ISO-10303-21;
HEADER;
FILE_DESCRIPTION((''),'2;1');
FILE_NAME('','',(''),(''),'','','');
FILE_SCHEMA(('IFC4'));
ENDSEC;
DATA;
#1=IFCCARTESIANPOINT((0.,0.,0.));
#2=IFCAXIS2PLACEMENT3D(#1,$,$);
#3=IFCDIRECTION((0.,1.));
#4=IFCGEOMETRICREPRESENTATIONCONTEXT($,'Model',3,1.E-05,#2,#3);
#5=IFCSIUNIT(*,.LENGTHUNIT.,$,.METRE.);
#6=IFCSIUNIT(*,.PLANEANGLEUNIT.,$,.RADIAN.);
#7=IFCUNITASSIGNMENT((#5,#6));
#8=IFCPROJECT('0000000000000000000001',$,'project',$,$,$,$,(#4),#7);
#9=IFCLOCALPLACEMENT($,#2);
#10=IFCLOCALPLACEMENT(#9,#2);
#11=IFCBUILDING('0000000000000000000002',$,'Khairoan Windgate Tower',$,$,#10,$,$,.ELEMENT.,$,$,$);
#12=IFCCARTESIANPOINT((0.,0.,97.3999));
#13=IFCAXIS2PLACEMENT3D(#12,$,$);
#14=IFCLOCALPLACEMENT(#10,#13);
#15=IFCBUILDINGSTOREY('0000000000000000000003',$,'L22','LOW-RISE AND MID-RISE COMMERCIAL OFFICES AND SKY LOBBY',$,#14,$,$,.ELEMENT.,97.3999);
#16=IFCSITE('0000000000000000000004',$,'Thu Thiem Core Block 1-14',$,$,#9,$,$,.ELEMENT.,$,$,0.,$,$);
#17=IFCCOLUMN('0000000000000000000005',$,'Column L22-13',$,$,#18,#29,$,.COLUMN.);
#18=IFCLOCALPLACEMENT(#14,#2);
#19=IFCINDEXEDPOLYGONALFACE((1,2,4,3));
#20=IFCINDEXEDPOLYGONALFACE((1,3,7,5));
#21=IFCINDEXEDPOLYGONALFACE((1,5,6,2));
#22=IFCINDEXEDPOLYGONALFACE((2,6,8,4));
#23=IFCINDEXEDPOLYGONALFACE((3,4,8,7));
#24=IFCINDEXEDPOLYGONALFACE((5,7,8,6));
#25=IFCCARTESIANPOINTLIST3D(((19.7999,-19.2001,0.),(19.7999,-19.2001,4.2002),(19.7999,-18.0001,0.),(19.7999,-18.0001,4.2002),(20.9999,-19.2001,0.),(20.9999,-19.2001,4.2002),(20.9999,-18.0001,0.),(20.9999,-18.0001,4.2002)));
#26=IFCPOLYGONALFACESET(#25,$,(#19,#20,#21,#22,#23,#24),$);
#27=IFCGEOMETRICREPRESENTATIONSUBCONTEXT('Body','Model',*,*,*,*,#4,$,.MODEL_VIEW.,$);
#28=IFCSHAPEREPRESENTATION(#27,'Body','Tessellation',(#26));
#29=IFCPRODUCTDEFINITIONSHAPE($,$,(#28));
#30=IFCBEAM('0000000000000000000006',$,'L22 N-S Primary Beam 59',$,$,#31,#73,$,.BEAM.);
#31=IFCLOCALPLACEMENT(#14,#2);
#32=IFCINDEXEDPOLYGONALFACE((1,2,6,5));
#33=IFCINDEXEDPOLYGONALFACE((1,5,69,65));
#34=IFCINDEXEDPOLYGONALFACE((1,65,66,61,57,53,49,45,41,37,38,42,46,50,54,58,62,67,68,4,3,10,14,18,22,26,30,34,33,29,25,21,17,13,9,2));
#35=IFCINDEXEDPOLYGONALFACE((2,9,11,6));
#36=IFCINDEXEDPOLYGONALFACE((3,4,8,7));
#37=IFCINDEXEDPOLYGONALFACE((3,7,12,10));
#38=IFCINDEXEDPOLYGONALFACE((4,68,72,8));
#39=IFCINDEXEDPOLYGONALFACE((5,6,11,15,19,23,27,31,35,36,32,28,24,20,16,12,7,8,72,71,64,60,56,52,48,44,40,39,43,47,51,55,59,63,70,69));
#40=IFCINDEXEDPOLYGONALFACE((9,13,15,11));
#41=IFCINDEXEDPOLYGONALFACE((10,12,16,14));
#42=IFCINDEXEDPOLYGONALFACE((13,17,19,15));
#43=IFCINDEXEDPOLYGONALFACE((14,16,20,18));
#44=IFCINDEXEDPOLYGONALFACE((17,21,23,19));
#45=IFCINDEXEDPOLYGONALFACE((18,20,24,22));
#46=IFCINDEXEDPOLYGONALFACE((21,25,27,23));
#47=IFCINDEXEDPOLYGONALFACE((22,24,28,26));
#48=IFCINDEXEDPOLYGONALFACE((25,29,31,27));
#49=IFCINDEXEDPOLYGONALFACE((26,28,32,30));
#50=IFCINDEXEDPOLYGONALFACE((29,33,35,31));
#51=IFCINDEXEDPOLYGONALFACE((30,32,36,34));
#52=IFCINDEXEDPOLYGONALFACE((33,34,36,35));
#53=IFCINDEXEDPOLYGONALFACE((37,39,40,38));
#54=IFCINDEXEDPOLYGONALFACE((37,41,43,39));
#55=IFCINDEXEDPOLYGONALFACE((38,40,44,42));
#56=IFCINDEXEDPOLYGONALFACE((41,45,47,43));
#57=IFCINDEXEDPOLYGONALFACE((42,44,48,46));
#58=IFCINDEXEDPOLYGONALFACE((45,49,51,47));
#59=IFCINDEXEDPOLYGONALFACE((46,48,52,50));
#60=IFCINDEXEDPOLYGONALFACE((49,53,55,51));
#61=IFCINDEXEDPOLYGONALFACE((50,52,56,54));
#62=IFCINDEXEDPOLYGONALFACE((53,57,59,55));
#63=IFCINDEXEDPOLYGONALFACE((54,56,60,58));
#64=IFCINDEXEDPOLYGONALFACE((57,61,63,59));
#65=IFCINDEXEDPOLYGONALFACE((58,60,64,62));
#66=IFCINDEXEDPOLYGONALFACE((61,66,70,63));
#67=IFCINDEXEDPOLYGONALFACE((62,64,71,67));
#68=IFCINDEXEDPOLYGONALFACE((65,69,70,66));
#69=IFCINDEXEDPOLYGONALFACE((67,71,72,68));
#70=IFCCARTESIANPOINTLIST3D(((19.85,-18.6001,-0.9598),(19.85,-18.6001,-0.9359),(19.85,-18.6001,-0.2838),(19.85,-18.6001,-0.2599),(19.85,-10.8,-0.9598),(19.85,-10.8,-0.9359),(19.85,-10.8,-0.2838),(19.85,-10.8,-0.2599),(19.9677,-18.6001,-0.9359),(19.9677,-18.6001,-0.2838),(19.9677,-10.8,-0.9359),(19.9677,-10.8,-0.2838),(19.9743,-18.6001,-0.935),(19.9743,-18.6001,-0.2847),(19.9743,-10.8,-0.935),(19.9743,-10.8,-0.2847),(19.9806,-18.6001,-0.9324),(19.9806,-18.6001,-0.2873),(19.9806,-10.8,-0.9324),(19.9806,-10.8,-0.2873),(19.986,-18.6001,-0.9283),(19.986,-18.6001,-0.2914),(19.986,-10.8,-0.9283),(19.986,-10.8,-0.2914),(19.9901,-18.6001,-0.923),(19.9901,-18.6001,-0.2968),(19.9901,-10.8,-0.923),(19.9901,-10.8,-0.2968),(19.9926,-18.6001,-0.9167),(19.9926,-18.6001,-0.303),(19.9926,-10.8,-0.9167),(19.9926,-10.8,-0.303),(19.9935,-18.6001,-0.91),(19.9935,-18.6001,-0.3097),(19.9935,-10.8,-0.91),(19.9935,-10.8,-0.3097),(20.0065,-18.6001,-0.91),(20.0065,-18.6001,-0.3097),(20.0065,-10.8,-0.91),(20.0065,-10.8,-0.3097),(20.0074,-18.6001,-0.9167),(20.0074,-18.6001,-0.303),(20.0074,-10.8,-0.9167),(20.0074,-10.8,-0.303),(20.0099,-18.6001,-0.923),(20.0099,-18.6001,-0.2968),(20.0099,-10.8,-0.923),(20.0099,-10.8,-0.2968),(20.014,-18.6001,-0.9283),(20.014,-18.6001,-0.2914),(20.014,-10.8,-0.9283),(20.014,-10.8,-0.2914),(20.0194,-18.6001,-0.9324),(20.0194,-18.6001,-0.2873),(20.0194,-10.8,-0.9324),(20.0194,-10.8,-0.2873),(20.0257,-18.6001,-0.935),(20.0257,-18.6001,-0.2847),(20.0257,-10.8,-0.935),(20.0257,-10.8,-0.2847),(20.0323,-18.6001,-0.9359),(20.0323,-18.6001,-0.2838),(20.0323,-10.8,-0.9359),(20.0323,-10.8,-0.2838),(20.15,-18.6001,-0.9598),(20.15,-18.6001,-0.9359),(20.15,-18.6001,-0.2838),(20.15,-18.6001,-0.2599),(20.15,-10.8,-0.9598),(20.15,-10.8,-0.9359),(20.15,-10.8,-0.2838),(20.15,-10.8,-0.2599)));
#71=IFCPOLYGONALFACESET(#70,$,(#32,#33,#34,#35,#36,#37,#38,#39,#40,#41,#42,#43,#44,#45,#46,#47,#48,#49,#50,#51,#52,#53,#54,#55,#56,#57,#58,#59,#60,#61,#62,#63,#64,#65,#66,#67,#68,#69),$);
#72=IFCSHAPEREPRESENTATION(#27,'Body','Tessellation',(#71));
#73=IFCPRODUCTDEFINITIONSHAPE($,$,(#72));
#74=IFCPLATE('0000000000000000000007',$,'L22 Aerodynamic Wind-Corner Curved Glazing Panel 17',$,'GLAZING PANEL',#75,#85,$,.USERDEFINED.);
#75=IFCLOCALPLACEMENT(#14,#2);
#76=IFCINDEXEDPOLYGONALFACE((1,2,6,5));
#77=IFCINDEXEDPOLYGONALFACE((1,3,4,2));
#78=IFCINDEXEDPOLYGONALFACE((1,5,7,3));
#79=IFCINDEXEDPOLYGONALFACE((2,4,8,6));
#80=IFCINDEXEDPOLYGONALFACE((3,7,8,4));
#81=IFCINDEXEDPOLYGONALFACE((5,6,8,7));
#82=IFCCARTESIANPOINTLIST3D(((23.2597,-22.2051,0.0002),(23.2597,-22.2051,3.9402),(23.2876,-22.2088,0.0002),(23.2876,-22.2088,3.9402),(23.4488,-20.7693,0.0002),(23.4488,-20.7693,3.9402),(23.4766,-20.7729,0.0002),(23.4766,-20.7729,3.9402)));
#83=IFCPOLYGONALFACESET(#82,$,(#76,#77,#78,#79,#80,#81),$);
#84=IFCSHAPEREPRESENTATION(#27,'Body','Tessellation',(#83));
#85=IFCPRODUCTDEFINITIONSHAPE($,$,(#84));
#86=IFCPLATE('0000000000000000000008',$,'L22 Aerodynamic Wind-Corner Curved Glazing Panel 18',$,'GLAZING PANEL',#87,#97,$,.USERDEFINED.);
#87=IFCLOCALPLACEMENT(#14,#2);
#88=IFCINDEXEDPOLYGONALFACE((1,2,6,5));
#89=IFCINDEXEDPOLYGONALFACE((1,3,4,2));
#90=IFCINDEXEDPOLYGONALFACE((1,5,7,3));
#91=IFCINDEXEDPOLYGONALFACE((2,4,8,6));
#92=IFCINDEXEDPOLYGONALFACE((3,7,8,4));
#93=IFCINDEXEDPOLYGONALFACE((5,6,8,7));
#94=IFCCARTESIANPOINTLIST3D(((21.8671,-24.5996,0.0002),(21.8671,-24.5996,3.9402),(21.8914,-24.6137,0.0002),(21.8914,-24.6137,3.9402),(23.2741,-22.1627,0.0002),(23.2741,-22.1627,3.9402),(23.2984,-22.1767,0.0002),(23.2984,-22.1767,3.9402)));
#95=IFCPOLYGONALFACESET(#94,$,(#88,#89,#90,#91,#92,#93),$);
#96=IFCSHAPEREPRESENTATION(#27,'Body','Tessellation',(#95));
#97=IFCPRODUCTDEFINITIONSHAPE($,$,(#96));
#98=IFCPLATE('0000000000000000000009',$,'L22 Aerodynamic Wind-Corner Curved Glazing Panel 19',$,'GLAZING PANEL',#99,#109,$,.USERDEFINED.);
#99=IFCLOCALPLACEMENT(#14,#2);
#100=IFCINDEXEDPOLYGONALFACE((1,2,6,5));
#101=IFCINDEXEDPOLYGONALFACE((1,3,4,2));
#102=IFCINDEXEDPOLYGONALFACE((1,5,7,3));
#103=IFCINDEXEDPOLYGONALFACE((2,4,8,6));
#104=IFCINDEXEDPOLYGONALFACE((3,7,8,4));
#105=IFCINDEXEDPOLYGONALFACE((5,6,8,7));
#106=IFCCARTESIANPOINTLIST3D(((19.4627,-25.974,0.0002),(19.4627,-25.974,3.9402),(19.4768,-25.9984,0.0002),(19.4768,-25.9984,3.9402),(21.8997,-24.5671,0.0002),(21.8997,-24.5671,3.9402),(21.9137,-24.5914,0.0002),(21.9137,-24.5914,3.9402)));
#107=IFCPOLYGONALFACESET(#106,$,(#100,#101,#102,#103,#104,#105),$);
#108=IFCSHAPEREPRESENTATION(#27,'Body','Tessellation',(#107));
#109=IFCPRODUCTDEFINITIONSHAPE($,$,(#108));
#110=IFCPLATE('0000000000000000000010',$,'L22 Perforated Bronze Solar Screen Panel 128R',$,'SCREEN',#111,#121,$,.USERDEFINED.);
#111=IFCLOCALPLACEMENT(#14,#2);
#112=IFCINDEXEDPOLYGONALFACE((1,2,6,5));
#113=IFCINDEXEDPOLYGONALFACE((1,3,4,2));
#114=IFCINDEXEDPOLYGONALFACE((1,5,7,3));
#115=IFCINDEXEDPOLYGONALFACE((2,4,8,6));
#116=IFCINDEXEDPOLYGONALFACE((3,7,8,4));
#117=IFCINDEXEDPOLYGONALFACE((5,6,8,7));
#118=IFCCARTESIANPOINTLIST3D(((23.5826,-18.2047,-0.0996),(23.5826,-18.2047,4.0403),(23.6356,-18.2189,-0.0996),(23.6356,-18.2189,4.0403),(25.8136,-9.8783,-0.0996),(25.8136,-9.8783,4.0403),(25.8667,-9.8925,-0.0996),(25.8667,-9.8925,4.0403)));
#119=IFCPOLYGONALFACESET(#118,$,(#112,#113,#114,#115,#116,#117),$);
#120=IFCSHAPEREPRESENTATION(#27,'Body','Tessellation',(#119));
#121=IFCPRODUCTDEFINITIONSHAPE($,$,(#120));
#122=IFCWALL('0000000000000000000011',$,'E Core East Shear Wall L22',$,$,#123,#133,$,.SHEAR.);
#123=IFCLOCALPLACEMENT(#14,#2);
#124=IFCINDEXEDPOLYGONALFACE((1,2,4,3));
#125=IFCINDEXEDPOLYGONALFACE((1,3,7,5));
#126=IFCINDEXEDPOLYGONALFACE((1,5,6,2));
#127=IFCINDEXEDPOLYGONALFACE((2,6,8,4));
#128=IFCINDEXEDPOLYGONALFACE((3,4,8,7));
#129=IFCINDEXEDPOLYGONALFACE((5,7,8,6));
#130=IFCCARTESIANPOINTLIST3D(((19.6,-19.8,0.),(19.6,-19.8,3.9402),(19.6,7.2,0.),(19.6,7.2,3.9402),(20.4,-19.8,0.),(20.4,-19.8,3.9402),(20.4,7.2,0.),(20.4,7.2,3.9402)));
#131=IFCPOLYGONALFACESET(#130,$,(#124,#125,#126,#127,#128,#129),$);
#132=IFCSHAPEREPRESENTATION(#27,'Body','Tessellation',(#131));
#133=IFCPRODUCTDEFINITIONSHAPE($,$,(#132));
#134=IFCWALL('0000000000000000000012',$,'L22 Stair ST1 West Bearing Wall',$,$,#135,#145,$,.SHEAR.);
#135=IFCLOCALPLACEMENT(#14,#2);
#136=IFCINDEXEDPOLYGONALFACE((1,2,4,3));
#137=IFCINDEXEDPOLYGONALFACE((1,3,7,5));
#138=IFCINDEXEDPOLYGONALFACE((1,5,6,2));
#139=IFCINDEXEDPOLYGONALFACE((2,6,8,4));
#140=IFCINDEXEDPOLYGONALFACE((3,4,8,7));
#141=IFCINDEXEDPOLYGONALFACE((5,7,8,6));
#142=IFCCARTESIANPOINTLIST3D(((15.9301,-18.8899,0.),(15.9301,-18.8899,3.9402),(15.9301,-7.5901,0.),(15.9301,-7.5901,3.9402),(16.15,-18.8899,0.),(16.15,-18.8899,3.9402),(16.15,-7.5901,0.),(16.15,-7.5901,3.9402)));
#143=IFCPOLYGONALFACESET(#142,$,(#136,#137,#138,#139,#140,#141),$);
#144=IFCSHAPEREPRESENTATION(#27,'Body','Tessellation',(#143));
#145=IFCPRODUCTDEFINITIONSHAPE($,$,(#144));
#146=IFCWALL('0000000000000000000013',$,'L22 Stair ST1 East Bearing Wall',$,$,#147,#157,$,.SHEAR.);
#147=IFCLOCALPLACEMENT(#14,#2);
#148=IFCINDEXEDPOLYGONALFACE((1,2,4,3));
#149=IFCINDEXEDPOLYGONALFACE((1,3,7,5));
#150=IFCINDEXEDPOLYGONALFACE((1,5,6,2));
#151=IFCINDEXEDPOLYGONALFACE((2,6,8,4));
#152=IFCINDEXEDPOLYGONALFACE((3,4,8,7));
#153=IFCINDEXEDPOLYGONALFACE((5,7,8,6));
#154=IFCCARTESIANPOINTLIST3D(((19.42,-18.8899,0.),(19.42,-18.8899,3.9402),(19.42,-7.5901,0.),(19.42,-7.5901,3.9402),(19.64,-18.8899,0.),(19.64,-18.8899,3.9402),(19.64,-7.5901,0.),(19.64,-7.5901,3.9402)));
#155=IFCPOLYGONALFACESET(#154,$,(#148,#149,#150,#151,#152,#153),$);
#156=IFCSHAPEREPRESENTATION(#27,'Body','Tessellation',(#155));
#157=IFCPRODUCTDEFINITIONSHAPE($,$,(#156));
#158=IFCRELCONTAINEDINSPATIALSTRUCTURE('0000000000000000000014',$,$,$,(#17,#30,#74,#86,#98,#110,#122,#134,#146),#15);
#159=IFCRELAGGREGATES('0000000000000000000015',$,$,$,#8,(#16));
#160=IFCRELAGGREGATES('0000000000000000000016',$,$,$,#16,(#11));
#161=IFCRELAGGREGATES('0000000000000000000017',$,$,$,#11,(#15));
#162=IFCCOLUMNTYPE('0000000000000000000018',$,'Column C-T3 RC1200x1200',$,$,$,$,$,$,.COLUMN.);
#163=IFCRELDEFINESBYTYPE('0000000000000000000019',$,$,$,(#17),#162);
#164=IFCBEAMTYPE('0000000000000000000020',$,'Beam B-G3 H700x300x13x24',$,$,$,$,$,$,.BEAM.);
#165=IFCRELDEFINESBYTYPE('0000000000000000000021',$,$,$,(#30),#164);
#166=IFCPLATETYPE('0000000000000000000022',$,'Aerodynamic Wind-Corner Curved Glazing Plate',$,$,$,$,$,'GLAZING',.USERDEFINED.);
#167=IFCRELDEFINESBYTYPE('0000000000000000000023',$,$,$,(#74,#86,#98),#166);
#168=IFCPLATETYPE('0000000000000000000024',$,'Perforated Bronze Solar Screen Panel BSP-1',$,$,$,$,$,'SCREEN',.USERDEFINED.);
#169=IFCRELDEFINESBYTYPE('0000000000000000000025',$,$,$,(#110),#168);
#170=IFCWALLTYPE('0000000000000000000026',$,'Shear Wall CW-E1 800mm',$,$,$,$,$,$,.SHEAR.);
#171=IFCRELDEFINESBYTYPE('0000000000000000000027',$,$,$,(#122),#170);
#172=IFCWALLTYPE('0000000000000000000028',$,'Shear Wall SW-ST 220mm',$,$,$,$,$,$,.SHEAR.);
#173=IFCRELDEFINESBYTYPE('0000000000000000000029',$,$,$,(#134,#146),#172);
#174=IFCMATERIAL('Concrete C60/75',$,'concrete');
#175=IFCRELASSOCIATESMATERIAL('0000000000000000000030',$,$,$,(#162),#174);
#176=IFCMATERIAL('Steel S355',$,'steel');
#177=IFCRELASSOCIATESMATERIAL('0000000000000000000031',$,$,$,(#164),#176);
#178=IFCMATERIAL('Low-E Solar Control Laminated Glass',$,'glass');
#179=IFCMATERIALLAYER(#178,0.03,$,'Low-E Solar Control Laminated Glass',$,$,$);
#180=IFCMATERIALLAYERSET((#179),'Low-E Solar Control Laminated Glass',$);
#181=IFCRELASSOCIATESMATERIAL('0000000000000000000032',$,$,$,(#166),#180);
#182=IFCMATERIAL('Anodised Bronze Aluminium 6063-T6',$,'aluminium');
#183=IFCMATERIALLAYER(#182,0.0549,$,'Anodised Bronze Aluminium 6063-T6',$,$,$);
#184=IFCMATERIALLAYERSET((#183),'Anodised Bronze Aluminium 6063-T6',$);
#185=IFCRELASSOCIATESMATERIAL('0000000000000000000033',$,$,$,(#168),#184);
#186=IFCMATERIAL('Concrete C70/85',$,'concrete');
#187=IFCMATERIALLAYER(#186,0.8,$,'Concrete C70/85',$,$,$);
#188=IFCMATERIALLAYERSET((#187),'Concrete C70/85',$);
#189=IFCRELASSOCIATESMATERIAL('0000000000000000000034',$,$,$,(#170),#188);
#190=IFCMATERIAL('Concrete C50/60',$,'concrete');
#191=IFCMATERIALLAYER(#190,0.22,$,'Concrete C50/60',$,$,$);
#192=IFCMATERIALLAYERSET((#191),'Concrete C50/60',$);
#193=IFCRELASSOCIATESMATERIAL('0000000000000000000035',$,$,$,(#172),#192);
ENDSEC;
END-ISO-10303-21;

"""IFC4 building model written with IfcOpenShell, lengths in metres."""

from ifc_helpers import new_model, si_unit, direction, frame, frame_2d, origin, origin_2d, place, context, subcontext, project, spatial, rectangle, i_section, extrude, material, layer, layer_set, material_profile, profile_set, type_object, element, save


model = new_model("IFC4")

# Units and contexts
model_context = context("Model", 3, precision=1e-05, world=origin(), true_north=direction((0.0, 1.0)))
body_context = subcontext(model_context, "Body", "Model", "MODEL_VIEW")
ifc_project = project(units=[si_unit("LENGTHUNIT", "METRE"), si_unit("PLANEANGLEUNIT", "RADIAN")], contexts=[model_context])

# Site, building, storey
site_placement = place(None, origin())
site = spatial("IfcSite", under=ifc_project, at=site_placement, Name="Thu Thiem Core Block 1-14", CompositionType="ELEMENT", RefElevation=0.0)
building_placement = place(site_placement, origin())
building = spatial("IfcBuilding", under=site, at=building_placement, Name="Khairoan Windgate Tower", CompositionType="ELEMENT")
storey_placement = place(building_placement, frame((0.0, 0.0, 97.3999)))
storey = spatial("IfcBuildingStorey", under=building, at=storey_placement, Name="L22", Description="LOW-RISE AND MID-RISE COMMERCIAL OFFICES AND SKY LOBBY", CompositionType="ELEMENT", Elevation=97.3999)

# Column
ifc_material_1 = material(Name="Concrete C60/75", Category="concrete")
ifc_material_profile_1 = material_profile(ifc_material_1, rectangle(XDim=1.2, YDim=1.2, at=origin_2d()))
ifc_profile_set_1 = profile_set([ifc_material_profile_1], Name="Concrete C60/75")
column_type = type_object("IfcColumnType", Name="Column C-T3 RC1200x1200", PredefinedType="COLUMN", material=ifc_profile_set_1)
column_placement = place(storey_placement, frame((20.3999, -18.6001, 0.0), z_axis=(0.0, 0.0, 1.0), x_axis=(1.0, 0.0, 0.0)))
element("IfcColumn", 1, at=column_placement, inside=storey, type_object=column_type, Name="Column L22-13", PredefinedType="COLUMN", context=body_context, shape_type="SweptSolid", body=[
    extrude(rectangle(XDim=1.2, YDim=1.2, at=origin_2d()), origin(), (0.0, 0.0, 1.0), 4.2002),
])

# Beam
ifc_material_2 = material(Name="Steel S355", Category="steel")
ifc_material_profile_2 = material_profile(ifc_material_2, i_section(OverallWidth=0.3, OverallDepth=0.7, WebThickness=0.0129, FlangeThickness=0.0239, FilletRadius=0.0259, at=origin_2d()))
ifc_profile_set_2 = profile_set([ifc_material_profile_2], Name="Steel S355")
beam_type = type_object("IfcBeamType", Name="Beam B-G3 H700x300x13x24", PredefinedType="BEAM", material=ifc_profile_set_2)
beam_placement = place(storey_placement, frame((20.0, -18.6001, -0.6099), z_axis=(0.0, 1.0, 0.0), x_axis=(-1.0, 0.0, 0.0)))
element("IfcBeam", 2, at=beam_placement, inside=storey, type_object=beam_type, Name="L22 N-S Primary Beam 59", PredefinedType="BEAM", context=body_context, shape_type="SweptSolid", body=[
    extrude(i_section(OverallWidth=0.3, OverallDepth=0.7, WebThickness=0.0129, FlangeThickness=0.0239, FilletRadius=0.0259, at=origin_2d()), origin(), (0.0, 0.0, 1.0), 7.8),
])

# Plates
ifc_material_3 = material(Name="Low-E Solar Control Laminated Glass", Category="glass")
ifc_layer_1 = layer(ifc_material_3, 0.03, Name="Low-E Solar Control Laminated Glass")
ifc_layer_set_1 = layer_set([ifc_layer_1], Name="Low-E Solar Control Laminated Glass")
plate_type_1 = type_object("IfcPlateType", Name="Aerodynamic Wind-Corner Curved Glazing Plate", ElementType="GLAZING", PredefinedType="USERDEFINED", material=ifc_layer_set_1)
plate_1_placement = place(storey_placement, frame((23.3682, -21.489, 0.0002), z_axis=(0.0, 0.0, 1.0), x_axis=(-0.130526, -0.991445, 0.0)))
element("IfcPlate", 3, at=plate_1_placement, inside=storey, type_object=plate_type_1, Name="L22 Aerodynamic Wind-Corner Curved Glazing Panel 17", ObjectType="GLAZING PANEL", PredefinedType="USERDEFINED", context=body_context, shape_type="SweptSolid", body=[
    extrude(rectangle(XDim=1.4482, YDim=0.0281, at=origin_2d()), origin(), (0.0, 0.0, 1.0), 3.9399),
])
for number, where, z_axis, x_axis, name in (
    (4, (22.5828, -23.3882, 0.0002), (0.0, 0.0, 1.0), (-0.5, -0.866025, 0.0), "L22 Aerodynamic Wind-Corner Curved Glazing Panel 18"),
    (5, (20.6882, -25.2827, 0.0002), (0.0, 0.0, 1.0), (-0.866025, -0.5, 0.0), "L22 Aerodynamic Wind-Corner Curved Glazing Panel 19"),
):
    element("IfcPlate", number, at=place(storey_placement, frame(where, z_axis=z_axis, x_axis=x_axis)), inside=storey, type_object=plate_type_1, Name=name, ObjectType="GLAZING PANEL", PredefinedType="USERDEFINED", context=body_context, shape_type="SweptSolid", body=[
        extrude(rectangle(XDim=2.814, YDim=0.0281, at=origin_2d()), origin(), (0.0, 0.0, 1.0), 3.9399),
    ])

# Plate
ifc_material_4 = material(Name="Anodised Bronze Aluminium 6063-T6", Category="aluminium")
ifc_layer_2 = layer(ifc_material_4, 0.0549, Name="Anodised Bronze Aluminium 6063-T6")
ifc_layer_set_2 = layer_set([ifc_layer_2], Name="Anodised Bronze Aluminium 6063-T6")
plate_type_2 = type_object("IfcPlateType", Name="Perforated Bronze Solar Screen Panel BSP-1", ElementType="SCREEN", PredefinedType="USERDEFINED", material=ifc_layer_set_2)
plate_2_placement = place(storey_placement, frame((24.7246, -14.0486, -0.0996), z_axis=(0.0, 0.0, 1.0), x_axis=(-0.258819, -0.965926, 0.0)))
element("IfcPlate", 6, at=plate_2_placement, inside=storey, type_object=plate_type_2, Name="L22 Perforated Bronze Solar Screen Panel 128R", ObjectType="SCREEN", PredefinedType="USERDEFINED", context=body_context, shape_type="SweptSolid", body=[
    extrude(rectangle(XDim=8.6201, YDim=0.0549, at=origin_2d()), origin(), (0.0, 0.0, 1.0), 4.1399),
])

# Walls
ifc_material_5 = material(Name="Concrete C70/85", Category="concrete")
ifc_layer_3 = layer(ifc_material_5, 0.8, Name="Concrete C70/85")
ifc_layer_set_3 = layer_set([ifc_layer_3], Name="Concrete C70/85")
wall_type_1 = type_object("IfcWallType", Name="Shear Wall CW-E1 800mm", PredefinedType="SHEAR", material=ifc_layer_set_3)
wall_placement = place(storey_placement, frame((20.0, -19.8, 0.0), z_axis=(0.0, 0.0, 1.0), x_axis=(0.0, 1.0, 0.0)))
element("IfcWall", 7, at=wall_placement, inside=storey, type_object=wall_type_1, Name="E Core East Shear Wall L22", PredefinedType="SHEAR", context=body_context, shape_type="SweptSolid", body=[
    extrude(rectangle(XDim=27.0, YDim=0.8, at=frame_2d((13.5, 0.0))), origin(), (0.0, 0.0, 1.0), 3.9402),
])
ifc_material_6 = material(Name="Concrete C50/60", Category="concrete")
ifc_layer_4 = layer(ifc_material_6, 0.22, Name="Concrete C50/60")
ifc_layer_set_4 = layer_set([ifc_layer_4], Name="Concrete C50/60")
wall_type_2 = type_object("IfcWallType", Name="Shear Wall SW-ST 220mm", PredefinedType="SHEAR", material=ifc_layer_set_4)
for number, where, z_axis, x_axis, name in (
    (8, (16.04, -18.8899, 0.0), (0.0, 0.0, 1.0), (0.0, 1.0, 0.0), "L22 Stair ST1 West Bearing Wall"),
    (9, (19.53, -18.8899, 0.0), (0.0, 0.0, 1.0), (0.0, 1.0, 0.0), "L22 Stair ST1 East Bearing Wall"),
):
    element("IfcWall", number, at=place(storey_placement, frame(where, z_axis=z_axis, x_axis=x_axis)), inside=storey, type_object=wall_type_2, Name=name, PredefinedType="SHEAR", context=body_context, shape_type="SweptSolid", body=[
        extrude(rectangle(XDim=11.2998, YDim=0.22, at=frame_2d((5.6499, 0.0))), origin(), (0.0, 0.0, 1.0), 3.9402),
    ])

save(model, "model.ifc")
